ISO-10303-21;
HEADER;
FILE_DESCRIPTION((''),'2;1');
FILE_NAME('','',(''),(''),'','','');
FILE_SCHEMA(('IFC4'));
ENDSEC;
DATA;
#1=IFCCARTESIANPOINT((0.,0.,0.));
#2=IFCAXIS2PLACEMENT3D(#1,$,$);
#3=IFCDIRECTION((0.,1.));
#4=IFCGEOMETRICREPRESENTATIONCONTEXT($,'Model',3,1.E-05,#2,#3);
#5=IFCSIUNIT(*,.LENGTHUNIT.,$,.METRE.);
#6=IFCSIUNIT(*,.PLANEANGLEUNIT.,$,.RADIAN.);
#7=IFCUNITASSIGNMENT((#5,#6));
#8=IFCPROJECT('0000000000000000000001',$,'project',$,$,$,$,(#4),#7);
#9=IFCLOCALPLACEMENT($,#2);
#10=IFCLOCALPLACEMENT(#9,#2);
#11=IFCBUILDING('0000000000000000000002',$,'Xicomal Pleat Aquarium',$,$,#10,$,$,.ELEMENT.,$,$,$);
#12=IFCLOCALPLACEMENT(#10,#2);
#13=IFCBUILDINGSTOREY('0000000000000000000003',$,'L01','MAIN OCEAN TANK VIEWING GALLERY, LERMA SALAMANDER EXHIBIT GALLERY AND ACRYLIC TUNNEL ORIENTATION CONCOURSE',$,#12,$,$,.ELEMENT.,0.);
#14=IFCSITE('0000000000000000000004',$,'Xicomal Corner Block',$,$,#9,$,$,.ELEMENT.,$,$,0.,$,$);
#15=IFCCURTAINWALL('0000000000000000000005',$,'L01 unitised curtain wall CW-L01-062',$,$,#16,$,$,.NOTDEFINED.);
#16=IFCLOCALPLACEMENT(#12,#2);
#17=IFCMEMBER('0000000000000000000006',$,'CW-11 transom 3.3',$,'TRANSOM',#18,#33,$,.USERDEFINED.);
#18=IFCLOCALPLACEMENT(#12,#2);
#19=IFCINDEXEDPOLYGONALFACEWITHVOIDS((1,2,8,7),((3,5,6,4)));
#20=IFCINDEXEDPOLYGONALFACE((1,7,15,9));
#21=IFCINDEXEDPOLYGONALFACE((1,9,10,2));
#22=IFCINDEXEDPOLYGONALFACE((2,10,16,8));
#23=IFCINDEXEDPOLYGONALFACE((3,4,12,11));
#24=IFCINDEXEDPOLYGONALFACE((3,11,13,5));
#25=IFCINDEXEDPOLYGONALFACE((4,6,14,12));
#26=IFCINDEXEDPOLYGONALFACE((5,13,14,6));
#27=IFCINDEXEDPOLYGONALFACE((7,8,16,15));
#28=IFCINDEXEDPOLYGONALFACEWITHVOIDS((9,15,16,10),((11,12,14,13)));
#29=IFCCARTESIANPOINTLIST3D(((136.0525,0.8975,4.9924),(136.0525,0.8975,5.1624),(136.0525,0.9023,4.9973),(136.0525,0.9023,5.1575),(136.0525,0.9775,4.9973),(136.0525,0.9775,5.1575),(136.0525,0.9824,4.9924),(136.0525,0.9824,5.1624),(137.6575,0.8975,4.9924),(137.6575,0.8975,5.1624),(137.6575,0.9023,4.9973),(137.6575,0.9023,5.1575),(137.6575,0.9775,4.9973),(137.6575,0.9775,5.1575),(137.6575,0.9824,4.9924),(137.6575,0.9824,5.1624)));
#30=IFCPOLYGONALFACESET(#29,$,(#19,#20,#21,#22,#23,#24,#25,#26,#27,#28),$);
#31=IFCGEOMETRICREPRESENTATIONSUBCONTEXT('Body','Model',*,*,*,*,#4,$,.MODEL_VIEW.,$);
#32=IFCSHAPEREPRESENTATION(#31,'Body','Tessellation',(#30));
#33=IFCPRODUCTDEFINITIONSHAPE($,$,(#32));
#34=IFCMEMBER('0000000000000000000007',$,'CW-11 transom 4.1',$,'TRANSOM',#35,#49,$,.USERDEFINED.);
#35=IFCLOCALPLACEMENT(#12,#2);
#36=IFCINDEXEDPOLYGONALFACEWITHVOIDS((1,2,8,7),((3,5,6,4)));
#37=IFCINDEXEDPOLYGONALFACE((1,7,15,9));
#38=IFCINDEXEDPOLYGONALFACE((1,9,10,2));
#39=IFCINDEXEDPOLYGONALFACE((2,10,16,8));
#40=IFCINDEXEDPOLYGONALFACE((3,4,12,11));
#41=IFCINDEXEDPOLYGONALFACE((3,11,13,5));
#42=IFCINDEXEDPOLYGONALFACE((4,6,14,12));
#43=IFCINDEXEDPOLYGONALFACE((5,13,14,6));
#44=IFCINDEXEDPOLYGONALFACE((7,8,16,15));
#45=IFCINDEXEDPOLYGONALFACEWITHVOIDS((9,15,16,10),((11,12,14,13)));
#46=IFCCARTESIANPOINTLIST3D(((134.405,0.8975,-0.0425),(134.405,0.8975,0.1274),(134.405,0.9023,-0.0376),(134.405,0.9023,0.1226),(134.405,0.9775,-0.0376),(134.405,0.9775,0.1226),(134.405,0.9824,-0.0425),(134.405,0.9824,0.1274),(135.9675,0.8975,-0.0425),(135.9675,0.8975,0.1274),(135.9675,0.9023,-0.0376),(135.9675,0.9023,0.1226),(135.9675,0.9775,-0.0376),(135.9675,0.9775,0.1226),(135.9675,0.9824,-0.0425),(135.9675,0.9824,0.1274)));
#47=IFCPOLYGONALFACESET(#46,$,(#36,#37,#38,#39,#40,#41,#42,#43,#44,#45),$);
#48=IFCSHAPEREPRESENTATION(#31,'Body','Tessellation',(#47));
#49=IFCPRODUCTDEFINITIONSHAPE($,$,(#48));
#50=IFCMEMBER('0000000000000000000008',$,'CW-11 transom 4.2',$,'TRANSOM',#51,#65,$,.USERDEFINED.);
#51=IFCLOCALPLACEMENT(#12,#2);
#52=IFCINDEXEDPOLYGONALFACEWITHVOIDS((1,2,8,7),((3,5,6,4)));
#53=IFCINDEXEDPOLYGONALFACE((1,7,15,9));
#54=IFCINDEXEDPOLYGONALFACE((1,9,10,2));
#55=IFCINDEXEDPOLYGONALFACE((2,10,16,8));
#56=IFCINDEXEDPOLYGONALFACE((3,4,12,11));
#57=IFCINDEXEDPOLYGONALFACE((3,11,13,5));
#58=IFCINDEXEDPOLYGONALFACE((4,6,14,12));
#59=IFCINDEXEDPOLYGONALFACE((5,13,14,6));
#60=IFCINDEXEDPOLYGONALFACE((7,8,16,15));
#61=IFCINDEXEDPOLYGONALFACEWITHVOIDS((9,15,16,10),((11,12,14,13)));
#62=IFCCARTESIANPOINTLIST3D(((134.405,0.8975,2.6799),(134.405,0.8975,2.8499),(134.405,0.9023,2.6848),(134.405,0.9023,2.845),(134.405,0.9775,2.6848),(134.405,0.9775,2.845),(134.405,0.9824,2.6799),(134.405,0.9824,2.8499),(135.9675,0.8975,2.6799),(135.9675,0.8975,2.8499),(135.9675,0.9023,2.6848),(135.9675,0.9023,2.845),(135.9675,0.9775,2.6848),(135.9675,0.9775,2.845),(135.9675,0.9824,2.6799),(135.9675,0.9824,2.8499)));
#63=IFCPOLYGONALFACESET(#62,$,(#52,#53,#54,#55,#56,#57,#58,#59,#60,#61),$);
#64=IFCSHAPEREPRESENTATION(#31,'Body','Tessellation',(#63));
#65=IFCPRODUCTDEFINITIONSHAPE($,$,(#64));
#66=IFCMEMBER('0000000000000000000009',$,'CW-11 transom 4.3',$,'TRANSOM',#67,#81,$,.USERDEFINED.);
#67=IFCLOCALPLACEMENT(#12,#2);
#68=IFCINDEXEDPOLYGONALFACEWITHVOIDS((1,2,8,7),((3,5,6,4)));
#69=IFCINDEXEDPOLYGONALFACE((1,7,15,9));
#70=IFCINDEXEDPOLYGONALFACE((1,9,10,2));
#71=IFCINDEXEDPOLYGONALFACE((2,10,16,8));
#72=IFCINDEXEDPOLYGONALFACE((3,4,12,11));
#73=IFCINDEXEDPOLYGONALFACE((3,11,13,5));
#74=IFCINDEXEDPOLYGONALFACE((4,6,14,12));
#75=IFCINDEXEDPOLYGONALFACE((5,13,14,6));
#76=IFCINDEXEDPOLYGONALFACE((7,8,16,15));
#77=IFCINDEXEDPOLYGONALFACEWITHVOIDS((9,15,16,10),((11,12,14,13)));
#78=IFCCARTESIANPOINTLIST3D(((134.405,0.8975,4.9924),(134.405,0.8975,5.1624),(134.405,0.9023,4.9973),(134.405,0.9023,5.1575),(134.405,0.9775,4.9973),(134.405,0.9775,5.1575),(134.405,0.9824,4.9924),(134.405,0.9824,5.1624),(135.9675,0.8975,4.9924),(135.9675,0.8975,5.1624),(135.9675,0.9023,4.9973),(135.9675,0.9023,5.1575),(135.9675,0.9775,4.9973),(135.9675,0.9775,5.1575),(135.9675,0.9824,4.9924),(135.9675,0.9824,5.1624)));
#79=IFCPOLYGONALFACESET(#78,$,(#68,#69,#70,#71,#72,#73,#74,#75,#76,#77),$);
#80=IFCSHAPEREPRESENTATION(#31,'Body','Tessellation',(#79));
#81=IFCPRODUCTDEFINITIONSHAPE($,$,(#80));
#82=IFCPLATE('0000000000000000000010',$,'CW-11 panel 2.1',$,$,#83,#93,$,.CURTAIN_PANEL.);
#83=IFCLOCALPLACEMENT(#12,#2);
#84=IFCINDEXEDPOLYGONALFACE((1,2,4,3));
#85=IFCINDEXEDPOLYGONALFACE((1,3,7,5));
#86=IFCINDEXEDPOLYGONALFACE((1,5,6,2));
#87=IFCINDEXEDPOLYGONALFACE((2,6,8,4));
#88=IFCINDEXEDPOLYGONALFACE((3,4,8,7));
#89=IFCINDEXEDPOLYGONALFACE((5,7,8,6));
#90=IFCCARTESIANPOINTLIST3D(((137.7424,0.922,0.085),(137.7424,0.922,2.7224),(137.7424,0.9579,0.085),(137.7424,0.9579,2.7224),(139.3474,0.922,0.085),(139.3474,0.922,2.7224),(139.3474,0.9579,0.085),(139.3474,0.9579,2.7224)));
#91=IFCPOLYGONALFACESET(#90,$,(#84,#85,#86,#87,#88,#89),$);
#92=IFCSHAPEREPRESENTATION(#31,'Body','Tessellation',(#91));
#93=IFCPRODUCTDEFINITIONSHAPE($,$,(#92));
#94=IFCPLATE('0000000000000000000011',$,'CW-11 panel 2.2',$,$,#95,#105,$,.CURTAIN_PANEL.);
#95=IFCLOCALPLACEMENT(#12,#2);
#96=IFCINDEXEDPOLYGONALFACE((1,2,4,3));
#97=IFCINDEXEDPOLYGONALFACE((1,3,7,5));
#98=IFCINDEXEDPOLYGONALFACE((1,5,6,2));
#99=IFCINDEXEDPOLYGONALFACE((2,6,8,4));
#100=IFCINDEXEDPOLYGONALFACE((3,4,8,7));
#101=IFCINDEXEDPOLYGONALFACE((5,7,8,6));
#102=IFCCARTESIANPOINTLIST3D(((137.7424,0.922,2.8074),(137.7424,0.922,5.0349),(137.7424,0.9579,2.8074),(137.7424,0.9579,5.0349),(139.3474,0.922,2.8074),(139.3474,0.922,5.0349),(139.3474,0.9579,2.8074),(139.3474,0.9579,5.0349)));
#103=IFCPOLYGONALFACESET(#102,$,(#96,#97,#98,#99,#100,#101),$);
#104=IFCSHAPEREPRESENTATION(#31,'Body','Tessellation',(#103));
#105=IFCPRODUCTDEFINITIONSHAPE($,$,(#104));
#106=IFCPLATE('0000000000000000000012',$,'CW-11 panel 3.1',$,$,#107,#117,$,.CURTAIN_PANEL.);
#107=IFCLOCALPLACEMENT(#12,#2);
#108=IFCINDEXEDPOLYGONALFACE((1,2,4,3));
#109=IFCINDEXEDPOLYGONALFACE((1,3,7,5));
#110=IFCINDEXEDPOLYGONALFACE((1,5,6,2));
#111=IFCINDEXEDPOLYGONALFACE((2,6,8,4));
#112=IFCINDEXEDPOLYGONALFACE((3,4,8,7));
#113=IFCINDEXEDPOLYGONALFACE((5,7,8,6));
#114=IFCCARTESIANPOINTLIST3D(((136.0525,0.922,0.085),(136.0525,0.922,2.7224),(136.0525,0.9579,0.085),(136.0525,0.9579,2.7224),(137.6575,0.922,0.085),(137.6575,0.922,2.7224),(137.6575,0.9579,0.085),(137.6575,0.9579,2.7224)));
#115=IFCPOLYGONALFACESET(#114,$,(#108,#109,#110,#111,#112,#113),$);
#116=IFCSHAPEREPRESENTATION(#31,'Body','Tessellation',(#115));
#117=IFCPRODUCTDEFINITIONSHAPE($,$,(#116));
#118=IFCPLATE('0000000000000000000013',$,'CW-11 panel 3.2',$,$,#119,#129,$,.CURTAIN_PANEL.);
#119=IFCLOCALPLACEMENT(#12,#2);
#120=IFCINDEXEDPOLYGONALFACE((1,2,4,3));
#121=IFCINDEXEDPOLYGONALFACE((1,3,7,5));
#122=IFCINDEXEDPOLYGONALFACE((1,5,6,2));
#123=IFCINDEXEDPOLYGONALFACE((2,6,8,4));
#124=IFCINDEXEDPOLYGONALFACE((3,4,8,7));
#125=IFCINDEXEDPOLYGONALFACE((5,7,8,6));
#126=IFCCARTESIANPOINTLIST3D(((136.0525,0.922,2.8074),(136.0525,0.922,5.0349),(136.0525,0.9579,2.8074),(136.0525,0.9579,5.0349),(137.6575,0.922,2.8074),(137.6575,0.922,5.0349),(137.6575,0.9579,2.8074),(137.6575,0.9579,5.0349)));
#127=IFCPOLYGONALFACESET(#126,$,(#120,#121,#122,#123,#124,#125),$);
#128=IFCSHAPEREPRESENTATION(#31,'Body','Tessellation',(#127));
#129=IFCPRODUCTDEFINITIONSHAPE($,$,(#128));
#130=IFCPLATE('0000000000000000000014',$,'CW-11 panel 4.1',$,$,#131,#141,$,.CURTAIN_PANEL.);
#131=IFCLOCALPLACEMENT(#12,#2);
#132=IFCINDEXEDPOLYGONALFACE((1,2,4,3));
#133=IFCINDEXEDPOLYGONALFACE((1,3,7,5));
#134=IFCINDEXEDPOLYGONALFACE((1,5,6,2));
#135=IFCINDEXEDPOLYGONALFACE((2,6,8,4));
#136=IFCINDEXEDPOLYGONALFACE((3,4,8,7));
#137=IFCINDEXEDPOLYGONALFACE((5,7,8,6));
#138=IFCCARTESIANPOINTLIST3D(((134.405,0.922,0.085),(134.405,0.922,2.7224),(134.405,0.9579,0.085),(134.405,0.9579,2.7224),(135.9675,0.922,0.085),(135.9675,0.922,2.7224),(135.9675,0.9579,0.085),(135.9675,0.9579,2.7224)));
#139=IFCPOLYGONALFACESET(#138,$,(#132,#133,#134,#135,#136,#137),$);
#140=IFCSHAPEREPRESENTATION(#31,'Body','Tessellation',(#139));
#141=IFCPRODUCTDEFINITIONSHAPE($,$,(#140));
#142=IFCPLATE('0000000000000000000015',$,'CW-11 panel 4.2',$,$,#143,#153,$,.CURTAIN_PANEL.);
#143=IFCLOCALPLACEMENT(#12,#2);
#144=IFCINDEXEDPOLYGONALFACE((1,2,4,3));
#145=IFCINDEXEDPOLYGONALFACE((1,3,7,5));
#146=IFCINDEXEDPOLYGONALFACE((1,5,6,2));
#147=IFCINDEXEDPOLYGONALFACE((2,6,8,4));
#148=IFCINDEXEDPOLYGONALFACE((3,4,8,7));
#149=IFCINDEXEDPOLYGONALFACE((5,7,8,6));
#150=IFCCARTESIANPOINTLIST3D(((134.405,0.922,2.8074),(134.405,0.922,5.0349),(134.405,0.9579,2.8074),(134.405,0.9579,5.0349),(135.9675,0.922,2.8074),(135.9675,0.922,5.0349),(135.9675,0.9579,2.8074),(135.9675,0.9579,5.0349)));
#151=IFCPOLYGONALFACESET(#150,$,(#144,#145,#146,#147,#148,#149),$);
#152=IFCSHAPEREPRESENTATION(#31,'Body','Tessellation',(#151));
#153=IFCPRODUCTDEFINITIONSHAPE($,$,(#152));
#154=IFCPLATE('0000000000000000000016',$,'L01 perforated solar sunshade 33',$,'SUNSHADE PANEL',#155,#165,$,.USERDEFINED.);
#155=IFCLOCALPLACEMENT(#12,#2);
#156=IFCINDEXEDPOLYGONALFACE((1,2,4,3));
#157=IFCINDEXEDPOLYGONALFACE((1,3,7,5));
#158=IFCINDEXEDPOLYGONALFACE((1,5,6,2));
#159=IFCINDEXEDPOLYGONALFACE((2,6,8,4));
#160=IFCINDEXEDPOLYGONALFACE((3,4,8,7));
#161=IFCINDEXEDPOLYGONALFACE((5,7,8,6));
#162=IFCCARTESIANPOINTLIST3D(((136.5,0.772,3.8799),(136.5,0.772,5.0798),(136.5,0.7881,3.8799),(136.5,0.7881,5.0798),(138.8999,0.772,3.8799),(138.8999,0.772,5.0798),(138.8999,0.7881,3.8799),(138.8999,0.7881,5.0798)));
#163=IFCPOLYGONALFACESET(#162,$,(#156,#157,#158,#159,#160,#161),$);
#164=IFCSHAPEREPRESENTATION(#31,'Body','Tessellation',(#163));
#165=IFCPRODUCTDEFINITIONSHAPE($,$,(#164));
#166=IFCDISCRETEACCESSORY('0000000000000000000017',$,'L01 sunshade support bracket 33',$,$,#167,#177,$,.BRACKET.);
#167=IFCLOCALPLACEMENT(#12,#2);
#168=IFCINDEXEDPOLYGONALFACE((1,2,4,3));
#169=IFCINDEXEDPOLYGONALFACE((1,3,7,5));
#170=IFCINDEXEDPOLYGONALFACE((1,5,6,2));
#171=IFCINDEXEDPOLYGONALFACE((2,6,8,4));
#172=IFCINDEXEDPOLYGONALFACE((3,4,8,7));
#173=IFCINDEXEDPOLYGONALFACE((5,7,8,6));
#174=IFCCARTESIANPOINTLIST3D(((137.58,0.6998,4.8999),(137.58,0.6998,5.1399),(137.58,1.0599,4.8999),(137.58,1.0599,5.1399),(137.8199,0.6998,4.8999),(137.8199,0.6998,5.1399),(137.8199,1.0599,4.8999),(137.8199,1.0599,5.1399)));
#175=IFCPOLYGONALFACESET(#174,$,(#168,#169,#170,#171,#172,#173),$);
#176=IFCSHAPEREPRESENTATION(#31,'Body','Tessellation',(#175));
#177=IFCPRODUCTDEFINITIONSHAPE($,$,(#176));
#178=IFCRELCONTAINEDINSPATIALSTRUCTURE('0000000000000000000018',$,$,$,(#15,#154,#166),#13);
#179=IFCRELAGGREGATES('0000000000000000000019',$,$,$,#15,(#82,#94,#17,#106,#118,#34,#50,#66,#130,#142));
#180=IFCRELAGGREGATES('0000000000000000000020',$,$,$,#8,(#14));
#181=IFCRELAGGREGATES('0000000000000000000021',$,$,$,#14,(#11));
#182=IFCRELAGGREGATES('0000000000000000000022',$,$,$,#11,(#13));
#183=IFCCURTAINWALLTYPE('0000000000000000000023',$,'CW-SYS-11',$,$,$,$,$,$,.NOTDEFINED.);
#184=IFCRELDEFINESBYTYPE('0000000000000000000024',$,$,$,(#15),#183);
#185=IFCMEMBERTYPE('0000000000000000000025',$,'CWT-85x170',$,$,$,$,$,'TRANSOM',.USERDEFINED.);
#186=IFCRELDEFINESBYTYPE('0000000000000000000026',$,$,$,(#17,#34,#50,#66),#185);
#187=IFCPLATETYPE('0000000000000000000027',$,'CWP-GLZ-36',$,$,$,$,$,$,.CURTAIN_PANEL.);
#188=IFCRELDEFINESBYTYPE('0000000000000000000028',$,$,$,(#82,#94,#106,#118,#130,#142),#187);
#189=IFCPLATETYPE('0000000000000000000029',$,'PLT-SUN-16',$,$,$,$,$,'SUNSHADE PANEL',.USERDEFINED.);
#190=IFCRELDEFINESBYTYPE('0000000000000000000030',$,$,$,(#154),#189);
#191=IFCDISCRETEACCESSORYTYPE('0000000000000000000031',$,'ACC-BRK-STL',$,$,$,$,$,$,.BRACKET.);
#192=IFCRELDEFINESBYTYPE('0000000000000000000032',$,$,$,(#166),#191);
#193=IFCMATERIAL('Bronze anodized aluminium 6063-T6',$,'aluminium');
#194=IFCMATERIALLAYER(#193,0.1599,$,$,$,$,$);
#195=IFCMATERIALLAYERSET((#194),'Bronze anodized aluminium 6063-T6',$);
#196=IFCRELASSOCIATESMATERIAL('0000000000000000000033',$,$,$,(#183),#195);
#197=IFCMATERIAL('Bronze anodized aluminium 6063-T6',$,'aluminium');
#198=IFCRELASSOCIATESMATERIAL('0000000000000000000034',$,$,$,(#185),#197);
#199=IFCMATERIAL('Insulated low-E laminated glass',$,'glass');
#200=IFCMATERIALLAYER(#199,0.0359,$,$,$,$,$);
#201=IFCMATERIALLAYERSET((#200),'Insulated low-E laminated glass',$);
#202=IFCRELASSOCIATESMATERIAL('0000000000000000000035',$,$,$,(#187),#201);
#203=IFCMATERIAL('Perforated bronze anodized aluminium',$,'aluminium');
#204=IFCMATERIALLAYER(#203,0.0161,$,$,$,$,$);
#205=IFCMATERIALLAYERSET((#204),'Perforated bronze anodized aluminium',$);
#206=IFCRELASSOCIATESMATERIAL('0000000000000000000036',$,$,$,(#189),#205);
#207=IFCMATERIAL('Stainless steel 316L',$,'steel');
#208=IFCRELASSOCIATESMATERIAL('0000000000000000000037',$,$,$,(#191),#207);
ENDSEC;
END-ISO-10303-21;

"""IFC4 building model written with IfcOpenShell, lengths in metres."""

from ifc_helpers import new_model, si_unit, direction, frame, origin, origin_2d, place, context, subcontext, project, spatial, rectangle, hollow_rectangle, extrude, material, layer, layer_set, material_profile, profile_set, type_object, element, aggregate, save


model = new_model("IFC4")

# Units and contexts
model_context = context("Model", 3, precision=1e-05, world=origin(), true_north=direction((0.0, 1.0)))
body_context = subcontext(model_context, "Body", "Model", "MODEL_VIEW")
ifc_project = project(units=[si_unit("LENGTHUNIT", "METRE"), si_unit("PLANEANGLEUNIT", "RADIAN")], contexts=[model_context])

# Site, building, storey
site_placement = place(None, origin())
site = spatial("IfcSite", under=ifc_project, at=site_placement, Name="Xicomal Corner Block", CompositionType="ELEMENT", RefElevation=0.0)
building_placement = place(site_placement, origin())
building = spatial("IfcBuilding", under=site, at=building_placement, Name="Xicomal Pleat Aquarium", CompositionType="ELEMENT")
storey_placement = place(building_placement, origin())
storey = spatial("IfcBuildingStorey", under=building, at=storey_placement, Name="L01", Description="MAIN OCEAN TANK VIEWING GALLERY, LERMA SALAMANDER EXHIBIT GALLERY AND ACRYLIC TUNNEL ORIENTATION CONCOURSE", CompositionType="ELEMENT", Elevation=0.0)

# Curtain wall, members, plates
ifc_material_1 = material(Name="Bronze anodized aluminium 6063-T6", Category="aluminium")
ifc_layer_1 = layer(ifc_material_1, 0.1599)
ifc_layer_set_1 = layer_set([ifc_layer_1], Name="Bronze anodized aluminium 6063-T6")
curtain_wall_type = type_object("IfcCurtainWallType", Name="CW-SYS-11", PredefinedType="NOTDEFINED", material=ifc_layer_set_1)
curtain_wall_placement = place(storey_placement, origin())
curtain_wall = element("IfcCurtainWall", 1, at=curtain_wall_placement, inside=storey, type_object=curtain_wall_type, Name="L01 unitised curtain wall CW-L01-062", PredefinedType="NOTDEFINED")
ifc_material_2 = material(Name="Bronze anodized aluminium 6063-T6", Category="aluminium")
ifc_material_profile_1 = material_profile(ifc_material_2, hollow_rectangle(XDim=0.085, YDim=0.1699, WallThickness=0.0049, at=origin_2d()), Name="ALU TRAN 85x170")
ifc_profile_set_1 = profile_set([ifc_material_profile_1], Name="Bronze anodized aluminium 6063-T6")
member_type_1 = type_object("IfcMemberType", Name="CWT-85x170", ElementType="TRANSOM", PredefinedType="USERDEFINED", material=ifc_profile_set_1)
member_1_placement = place(storey_placement, frame((137.6575, 0.9399, 5.0774), z_axis=(-1.0, 0.0, 0.0), x_axis=(0.0, -1.0, 0.0)))
member_1 = element("IfcMember", 2, at=member_1_placement, type_object=member_type_1, Name="CW-11 transom 3.3", ObjectType="TRANSOM", PredefinedType="USERDEFINED", context=body_context, shape_type="SweptSolid", body=[
    extrude(hollow_rectangle(XDim=0.085, YDim=0.1699, WallThickness=0.0049, at=origin_2d()), origin(), (0.0, 0.0, 1.0), 1.605),
])
member_2_placement = place(storey_placement, frame((135.9675, 0.9399, 0.0425), z_axis=(-1.0, 0.0, 0.0), x_axis=(0.0, -1.0, 0.0)))
member_2 = element("IfcMember", 3, at=member_2_placement, type_object=member_type_1, Name="CW-11 transom 4.1", ObjectType="TRANSOM", PredefinedType="USERDEFINED", context=body_context, shape_type="SweptSolid", body=[
    extrude(hollow_rectangle(XDim=0.085, YDim=0.1699, WallThickness=0.0049, at=origin_2d()), origin(), (0.0, 0.0, 1.0), 1.5625),
])
member_3_placement = place(storey_placement, frame((135.9675, 0.9399, 2.7649), z_axis=(-1.0, 0.0, 0.0), x_axis=(0.0, -1.0, 0.0)))
member_3 = element("IfcMember", 4, at=member_3_placement, type_object=member_type_1, Name="CW-11 transom 4.2", ObjectType="TRANSOM", PredefinedType="USERDEFINED", context=body_context, shape_type="SweptSolid", body=[
    extrude(hollow_rectangle(XDim=0.085, YDim=0.1699, WallThickness=0.0049, at=origin_2d()), origin(), (0.0, 0.0, 1.0), 1.5625),
])
member_4_placement = place(storey_placement, frame((135.9675, 0.9399, 5.0774), z_axis=(-1.0, 0.0, 0.0), x_axis=(0.0, -1.0, 0.0)))
member_4 = element("IfcMember", 5, at=member_4_placement, type_object=member_type_1, Name="CW-11 transom 4.3", ObjectType="TRANSOM", PredefinedType="USERDEFINED", context=body_context, shape_type="SweptSolid", body=[
    extrude(hollow_rectangle(XDim=0.085, YDim=0.1699, WallThickness=0.0049, at=origin_2d()), origin(), (0.0, 0.0, 1.0), 1.5625),
])
ifc_material_3 = material(Name="Insulated low-E laminated glass", Category="glass")
ifc_layer_2 = layer(ifc_material_3, 0.0359)
ifc_layer_set_2 = layer_set([ifc_layer_2], Name="Insulated low-E laminated glass")
plate_type_1 = type_object("IfcPlateType", Name="CWP-GLZ-36", PredefinedType="CURTAIN_PANEL", material=ifc_layer_set_2)
plate_1_placement = place(storey_placement, frame((138.5449, 0.9399, 0.085), z_axis=(0.0, 0.0, 1.0), x_axis=(-1.0, 0.0, 0.0)))
plate_1 = element("IfcPlate", 6, at=plate_1_placement, type_object=plate_type_1, Name="CW-11 panel 2.1", PredefinedType="CURTAIN_PANEL", context=body_context, shape_type="SweptSolid", body=[
    extrude(rectangle(XDim=1.605, YDim=0.0359, at=origin_2d()), origin(), (0.0, 0.0, 1.0), 2.6375),
])
plate_2_placement = place(storey_placement, frame((138.5449, 0.9399, 2.8074), z_axis=(0.0, 0.0, 1.0), x_axis=(-1.0, 0.0, 0.0)))
plate_2 = element("IfcPlate", 7, at=plate_2_placement, type_object=plate_type_1, Name="CW-11 panel 2.2", PredefinedType="CURTAIN_PANEL", context=body_context, shape_type="SweptSolid", body=[
    extrude(rectangle(XDim=1.605, YDim=0.0359, at=origin_2d()), origin(), (0.0, 0.0, 1.0), 2.2275),
])
plate_3_placement = place(storey_placement, frame((136.855, 0.9399, 0.085), z_axis=(0.0, 0.0, 1.0), x_axis=(-1.0, 0.0, 0.0)))
plate_3 = element("IfcPlate", 8, at=plate_3_placement, type_object=plate_type_1, Name="CW-11 panel 3.1", PredefinedType="CURTAIN_PANEL", context=body_context, shape_type="SweptSolid", body=[
    extrude(rectangle(XDim=1.605, YDim=0.0359, at=origin_2d()), origin(), (0.0, 0.0, 1.0), 2.6375),
])
plate_4_placement = place(storey_placement, frame((136.855, 0.9399, 2.8074), z_axis=(0.0, 0.0, 1.0), x_axis=(-1.0, 0.0, 0.0)))
plate_4 = element("IfcPlate", 9, at=plate_4_placement, type_object=plate_type_1, Name="CW-11 panel 3.2", PredefinedType="CURTAIN_PANEL", context=body_context, shape_type="SweptSolid", body=[
    extrude(rectangle(XDim=1.605, YDim=0.0359, at=origin_2d()), origin(), (0.0, 0.0, 1.0), 2.2275),
])
plate_5_placement = place(storey_placement, frame((135.1863, 0.9399, 0.085), z_axis=(0.0, 0.0, 1.0), x_axis=(-1.0, 0.0, 0.0)))
plate_5 = element("IfcPlate", 10, at=plate_5_placement, type_object=plate_type_1, Name="CW-11 panel 4.1", PredefinedType="CURTAIN_PANEL", context=body_context, shape_type="SweptSolid", body=[
    extrude(rectangle(XDim=1.5625, YDim=0.0359, at=origin_2d()), origin(), (0.0, 0.0, 1.0), 2.6375),
])
plate_6_placement = place(storey_placement, frame((135.1863, 0.9399, 2.8074), z_axis=(0.0, 0.0, 1.0), x_axis=(-1.0, 0.0, 0.0)))
plate_6 = element("IfcPlate", 11, at=plate_6_placement, type_object=plate_type_1, Name="CW-11 panel 4.2", PredefinedType="CURTAIN_PANEL", context=body_context, shape_type="SweptSolid", body=[
    extrude(rectangle(XDim=1.5625, YDim=0.0359, at=origin_2d()), origin(), (0.0, 0.0, 1.0), 2.2275),
])
aggregate(curtain_wall, [plate_1, plate_2, member_1, plate_3, plate_4, member_2, member_3, member_4, plate_5, plate_6])

# Plate
ifc_material_4 = material(Name="Perforated bronze anodized aluminium", Category="aluminium")
ifc_layer_3 = layer(ifc_material_4, 0.0161)
ifc_layer_set_3 = layer_set([ifc_layer_3], Name="Perforated bronze anodized aluminium")
plate_type_2 = type_object("IfcPlateType", Name="PLT-SUN-16", ElementType="SUNSHADE PANEL", PredefinedType="USERDEFINED", material=ifc_layer_set_3)
plate_7_placement = place(storey_placement, frame((137.7, 0.78, 3.8799), z_axis=(0.0, 0.0, 1.0), x_axis=(-1.0, 0.0, 0.0)))
element("IfcPlate", 12, at=plate_7_placement, inside=storey, type_object=plate_type_2, Name="L01 perforated solar sunshade 33", ObjectType="SUNSHADE PANEL", PredefinedType="USERDEFINED", context=body_context, shape_type="SweptSolid", body=[
    extrude(rectangle(XDim=2.3999, YDim=0.0161, at=origin_2d()), origin(), (0.0, 0.0, 1.0), 1.2),
])

# Discrete accessory
ifc_material_5 = material(Name="Stainless steel 316L", Category="steel")
discrete_accessory_type = type_object("IfcDiscreteAccessoryType", Name="ACC-BRK-STL", PredefinedType="BRACKET", material=ifc_material_5)
discrete_accessory_placement = place(storey_placement, frame((137.7, 0.8799, 4.8999), z_axis=(0.0, 0.0, 1.0), x_axis=(-1.0, 0.0, 0.0)))
element("IfcDiscreteAccessory", 13, at=discrete_accessory_placement, inside=storey, type_object=discrete_accessory_type, Name="L01 sunshade support bracket 33", PredefinedType="BRACKET", context=body_context, shape_type="SweptSolid", body=[
    extrude(rectangle(XDim=0.24, YDim=0.3601, at=origin_2d()), origin(), (0.0, 0.0, 1.0), 0.24),
])

save(model, "model.ifc")
